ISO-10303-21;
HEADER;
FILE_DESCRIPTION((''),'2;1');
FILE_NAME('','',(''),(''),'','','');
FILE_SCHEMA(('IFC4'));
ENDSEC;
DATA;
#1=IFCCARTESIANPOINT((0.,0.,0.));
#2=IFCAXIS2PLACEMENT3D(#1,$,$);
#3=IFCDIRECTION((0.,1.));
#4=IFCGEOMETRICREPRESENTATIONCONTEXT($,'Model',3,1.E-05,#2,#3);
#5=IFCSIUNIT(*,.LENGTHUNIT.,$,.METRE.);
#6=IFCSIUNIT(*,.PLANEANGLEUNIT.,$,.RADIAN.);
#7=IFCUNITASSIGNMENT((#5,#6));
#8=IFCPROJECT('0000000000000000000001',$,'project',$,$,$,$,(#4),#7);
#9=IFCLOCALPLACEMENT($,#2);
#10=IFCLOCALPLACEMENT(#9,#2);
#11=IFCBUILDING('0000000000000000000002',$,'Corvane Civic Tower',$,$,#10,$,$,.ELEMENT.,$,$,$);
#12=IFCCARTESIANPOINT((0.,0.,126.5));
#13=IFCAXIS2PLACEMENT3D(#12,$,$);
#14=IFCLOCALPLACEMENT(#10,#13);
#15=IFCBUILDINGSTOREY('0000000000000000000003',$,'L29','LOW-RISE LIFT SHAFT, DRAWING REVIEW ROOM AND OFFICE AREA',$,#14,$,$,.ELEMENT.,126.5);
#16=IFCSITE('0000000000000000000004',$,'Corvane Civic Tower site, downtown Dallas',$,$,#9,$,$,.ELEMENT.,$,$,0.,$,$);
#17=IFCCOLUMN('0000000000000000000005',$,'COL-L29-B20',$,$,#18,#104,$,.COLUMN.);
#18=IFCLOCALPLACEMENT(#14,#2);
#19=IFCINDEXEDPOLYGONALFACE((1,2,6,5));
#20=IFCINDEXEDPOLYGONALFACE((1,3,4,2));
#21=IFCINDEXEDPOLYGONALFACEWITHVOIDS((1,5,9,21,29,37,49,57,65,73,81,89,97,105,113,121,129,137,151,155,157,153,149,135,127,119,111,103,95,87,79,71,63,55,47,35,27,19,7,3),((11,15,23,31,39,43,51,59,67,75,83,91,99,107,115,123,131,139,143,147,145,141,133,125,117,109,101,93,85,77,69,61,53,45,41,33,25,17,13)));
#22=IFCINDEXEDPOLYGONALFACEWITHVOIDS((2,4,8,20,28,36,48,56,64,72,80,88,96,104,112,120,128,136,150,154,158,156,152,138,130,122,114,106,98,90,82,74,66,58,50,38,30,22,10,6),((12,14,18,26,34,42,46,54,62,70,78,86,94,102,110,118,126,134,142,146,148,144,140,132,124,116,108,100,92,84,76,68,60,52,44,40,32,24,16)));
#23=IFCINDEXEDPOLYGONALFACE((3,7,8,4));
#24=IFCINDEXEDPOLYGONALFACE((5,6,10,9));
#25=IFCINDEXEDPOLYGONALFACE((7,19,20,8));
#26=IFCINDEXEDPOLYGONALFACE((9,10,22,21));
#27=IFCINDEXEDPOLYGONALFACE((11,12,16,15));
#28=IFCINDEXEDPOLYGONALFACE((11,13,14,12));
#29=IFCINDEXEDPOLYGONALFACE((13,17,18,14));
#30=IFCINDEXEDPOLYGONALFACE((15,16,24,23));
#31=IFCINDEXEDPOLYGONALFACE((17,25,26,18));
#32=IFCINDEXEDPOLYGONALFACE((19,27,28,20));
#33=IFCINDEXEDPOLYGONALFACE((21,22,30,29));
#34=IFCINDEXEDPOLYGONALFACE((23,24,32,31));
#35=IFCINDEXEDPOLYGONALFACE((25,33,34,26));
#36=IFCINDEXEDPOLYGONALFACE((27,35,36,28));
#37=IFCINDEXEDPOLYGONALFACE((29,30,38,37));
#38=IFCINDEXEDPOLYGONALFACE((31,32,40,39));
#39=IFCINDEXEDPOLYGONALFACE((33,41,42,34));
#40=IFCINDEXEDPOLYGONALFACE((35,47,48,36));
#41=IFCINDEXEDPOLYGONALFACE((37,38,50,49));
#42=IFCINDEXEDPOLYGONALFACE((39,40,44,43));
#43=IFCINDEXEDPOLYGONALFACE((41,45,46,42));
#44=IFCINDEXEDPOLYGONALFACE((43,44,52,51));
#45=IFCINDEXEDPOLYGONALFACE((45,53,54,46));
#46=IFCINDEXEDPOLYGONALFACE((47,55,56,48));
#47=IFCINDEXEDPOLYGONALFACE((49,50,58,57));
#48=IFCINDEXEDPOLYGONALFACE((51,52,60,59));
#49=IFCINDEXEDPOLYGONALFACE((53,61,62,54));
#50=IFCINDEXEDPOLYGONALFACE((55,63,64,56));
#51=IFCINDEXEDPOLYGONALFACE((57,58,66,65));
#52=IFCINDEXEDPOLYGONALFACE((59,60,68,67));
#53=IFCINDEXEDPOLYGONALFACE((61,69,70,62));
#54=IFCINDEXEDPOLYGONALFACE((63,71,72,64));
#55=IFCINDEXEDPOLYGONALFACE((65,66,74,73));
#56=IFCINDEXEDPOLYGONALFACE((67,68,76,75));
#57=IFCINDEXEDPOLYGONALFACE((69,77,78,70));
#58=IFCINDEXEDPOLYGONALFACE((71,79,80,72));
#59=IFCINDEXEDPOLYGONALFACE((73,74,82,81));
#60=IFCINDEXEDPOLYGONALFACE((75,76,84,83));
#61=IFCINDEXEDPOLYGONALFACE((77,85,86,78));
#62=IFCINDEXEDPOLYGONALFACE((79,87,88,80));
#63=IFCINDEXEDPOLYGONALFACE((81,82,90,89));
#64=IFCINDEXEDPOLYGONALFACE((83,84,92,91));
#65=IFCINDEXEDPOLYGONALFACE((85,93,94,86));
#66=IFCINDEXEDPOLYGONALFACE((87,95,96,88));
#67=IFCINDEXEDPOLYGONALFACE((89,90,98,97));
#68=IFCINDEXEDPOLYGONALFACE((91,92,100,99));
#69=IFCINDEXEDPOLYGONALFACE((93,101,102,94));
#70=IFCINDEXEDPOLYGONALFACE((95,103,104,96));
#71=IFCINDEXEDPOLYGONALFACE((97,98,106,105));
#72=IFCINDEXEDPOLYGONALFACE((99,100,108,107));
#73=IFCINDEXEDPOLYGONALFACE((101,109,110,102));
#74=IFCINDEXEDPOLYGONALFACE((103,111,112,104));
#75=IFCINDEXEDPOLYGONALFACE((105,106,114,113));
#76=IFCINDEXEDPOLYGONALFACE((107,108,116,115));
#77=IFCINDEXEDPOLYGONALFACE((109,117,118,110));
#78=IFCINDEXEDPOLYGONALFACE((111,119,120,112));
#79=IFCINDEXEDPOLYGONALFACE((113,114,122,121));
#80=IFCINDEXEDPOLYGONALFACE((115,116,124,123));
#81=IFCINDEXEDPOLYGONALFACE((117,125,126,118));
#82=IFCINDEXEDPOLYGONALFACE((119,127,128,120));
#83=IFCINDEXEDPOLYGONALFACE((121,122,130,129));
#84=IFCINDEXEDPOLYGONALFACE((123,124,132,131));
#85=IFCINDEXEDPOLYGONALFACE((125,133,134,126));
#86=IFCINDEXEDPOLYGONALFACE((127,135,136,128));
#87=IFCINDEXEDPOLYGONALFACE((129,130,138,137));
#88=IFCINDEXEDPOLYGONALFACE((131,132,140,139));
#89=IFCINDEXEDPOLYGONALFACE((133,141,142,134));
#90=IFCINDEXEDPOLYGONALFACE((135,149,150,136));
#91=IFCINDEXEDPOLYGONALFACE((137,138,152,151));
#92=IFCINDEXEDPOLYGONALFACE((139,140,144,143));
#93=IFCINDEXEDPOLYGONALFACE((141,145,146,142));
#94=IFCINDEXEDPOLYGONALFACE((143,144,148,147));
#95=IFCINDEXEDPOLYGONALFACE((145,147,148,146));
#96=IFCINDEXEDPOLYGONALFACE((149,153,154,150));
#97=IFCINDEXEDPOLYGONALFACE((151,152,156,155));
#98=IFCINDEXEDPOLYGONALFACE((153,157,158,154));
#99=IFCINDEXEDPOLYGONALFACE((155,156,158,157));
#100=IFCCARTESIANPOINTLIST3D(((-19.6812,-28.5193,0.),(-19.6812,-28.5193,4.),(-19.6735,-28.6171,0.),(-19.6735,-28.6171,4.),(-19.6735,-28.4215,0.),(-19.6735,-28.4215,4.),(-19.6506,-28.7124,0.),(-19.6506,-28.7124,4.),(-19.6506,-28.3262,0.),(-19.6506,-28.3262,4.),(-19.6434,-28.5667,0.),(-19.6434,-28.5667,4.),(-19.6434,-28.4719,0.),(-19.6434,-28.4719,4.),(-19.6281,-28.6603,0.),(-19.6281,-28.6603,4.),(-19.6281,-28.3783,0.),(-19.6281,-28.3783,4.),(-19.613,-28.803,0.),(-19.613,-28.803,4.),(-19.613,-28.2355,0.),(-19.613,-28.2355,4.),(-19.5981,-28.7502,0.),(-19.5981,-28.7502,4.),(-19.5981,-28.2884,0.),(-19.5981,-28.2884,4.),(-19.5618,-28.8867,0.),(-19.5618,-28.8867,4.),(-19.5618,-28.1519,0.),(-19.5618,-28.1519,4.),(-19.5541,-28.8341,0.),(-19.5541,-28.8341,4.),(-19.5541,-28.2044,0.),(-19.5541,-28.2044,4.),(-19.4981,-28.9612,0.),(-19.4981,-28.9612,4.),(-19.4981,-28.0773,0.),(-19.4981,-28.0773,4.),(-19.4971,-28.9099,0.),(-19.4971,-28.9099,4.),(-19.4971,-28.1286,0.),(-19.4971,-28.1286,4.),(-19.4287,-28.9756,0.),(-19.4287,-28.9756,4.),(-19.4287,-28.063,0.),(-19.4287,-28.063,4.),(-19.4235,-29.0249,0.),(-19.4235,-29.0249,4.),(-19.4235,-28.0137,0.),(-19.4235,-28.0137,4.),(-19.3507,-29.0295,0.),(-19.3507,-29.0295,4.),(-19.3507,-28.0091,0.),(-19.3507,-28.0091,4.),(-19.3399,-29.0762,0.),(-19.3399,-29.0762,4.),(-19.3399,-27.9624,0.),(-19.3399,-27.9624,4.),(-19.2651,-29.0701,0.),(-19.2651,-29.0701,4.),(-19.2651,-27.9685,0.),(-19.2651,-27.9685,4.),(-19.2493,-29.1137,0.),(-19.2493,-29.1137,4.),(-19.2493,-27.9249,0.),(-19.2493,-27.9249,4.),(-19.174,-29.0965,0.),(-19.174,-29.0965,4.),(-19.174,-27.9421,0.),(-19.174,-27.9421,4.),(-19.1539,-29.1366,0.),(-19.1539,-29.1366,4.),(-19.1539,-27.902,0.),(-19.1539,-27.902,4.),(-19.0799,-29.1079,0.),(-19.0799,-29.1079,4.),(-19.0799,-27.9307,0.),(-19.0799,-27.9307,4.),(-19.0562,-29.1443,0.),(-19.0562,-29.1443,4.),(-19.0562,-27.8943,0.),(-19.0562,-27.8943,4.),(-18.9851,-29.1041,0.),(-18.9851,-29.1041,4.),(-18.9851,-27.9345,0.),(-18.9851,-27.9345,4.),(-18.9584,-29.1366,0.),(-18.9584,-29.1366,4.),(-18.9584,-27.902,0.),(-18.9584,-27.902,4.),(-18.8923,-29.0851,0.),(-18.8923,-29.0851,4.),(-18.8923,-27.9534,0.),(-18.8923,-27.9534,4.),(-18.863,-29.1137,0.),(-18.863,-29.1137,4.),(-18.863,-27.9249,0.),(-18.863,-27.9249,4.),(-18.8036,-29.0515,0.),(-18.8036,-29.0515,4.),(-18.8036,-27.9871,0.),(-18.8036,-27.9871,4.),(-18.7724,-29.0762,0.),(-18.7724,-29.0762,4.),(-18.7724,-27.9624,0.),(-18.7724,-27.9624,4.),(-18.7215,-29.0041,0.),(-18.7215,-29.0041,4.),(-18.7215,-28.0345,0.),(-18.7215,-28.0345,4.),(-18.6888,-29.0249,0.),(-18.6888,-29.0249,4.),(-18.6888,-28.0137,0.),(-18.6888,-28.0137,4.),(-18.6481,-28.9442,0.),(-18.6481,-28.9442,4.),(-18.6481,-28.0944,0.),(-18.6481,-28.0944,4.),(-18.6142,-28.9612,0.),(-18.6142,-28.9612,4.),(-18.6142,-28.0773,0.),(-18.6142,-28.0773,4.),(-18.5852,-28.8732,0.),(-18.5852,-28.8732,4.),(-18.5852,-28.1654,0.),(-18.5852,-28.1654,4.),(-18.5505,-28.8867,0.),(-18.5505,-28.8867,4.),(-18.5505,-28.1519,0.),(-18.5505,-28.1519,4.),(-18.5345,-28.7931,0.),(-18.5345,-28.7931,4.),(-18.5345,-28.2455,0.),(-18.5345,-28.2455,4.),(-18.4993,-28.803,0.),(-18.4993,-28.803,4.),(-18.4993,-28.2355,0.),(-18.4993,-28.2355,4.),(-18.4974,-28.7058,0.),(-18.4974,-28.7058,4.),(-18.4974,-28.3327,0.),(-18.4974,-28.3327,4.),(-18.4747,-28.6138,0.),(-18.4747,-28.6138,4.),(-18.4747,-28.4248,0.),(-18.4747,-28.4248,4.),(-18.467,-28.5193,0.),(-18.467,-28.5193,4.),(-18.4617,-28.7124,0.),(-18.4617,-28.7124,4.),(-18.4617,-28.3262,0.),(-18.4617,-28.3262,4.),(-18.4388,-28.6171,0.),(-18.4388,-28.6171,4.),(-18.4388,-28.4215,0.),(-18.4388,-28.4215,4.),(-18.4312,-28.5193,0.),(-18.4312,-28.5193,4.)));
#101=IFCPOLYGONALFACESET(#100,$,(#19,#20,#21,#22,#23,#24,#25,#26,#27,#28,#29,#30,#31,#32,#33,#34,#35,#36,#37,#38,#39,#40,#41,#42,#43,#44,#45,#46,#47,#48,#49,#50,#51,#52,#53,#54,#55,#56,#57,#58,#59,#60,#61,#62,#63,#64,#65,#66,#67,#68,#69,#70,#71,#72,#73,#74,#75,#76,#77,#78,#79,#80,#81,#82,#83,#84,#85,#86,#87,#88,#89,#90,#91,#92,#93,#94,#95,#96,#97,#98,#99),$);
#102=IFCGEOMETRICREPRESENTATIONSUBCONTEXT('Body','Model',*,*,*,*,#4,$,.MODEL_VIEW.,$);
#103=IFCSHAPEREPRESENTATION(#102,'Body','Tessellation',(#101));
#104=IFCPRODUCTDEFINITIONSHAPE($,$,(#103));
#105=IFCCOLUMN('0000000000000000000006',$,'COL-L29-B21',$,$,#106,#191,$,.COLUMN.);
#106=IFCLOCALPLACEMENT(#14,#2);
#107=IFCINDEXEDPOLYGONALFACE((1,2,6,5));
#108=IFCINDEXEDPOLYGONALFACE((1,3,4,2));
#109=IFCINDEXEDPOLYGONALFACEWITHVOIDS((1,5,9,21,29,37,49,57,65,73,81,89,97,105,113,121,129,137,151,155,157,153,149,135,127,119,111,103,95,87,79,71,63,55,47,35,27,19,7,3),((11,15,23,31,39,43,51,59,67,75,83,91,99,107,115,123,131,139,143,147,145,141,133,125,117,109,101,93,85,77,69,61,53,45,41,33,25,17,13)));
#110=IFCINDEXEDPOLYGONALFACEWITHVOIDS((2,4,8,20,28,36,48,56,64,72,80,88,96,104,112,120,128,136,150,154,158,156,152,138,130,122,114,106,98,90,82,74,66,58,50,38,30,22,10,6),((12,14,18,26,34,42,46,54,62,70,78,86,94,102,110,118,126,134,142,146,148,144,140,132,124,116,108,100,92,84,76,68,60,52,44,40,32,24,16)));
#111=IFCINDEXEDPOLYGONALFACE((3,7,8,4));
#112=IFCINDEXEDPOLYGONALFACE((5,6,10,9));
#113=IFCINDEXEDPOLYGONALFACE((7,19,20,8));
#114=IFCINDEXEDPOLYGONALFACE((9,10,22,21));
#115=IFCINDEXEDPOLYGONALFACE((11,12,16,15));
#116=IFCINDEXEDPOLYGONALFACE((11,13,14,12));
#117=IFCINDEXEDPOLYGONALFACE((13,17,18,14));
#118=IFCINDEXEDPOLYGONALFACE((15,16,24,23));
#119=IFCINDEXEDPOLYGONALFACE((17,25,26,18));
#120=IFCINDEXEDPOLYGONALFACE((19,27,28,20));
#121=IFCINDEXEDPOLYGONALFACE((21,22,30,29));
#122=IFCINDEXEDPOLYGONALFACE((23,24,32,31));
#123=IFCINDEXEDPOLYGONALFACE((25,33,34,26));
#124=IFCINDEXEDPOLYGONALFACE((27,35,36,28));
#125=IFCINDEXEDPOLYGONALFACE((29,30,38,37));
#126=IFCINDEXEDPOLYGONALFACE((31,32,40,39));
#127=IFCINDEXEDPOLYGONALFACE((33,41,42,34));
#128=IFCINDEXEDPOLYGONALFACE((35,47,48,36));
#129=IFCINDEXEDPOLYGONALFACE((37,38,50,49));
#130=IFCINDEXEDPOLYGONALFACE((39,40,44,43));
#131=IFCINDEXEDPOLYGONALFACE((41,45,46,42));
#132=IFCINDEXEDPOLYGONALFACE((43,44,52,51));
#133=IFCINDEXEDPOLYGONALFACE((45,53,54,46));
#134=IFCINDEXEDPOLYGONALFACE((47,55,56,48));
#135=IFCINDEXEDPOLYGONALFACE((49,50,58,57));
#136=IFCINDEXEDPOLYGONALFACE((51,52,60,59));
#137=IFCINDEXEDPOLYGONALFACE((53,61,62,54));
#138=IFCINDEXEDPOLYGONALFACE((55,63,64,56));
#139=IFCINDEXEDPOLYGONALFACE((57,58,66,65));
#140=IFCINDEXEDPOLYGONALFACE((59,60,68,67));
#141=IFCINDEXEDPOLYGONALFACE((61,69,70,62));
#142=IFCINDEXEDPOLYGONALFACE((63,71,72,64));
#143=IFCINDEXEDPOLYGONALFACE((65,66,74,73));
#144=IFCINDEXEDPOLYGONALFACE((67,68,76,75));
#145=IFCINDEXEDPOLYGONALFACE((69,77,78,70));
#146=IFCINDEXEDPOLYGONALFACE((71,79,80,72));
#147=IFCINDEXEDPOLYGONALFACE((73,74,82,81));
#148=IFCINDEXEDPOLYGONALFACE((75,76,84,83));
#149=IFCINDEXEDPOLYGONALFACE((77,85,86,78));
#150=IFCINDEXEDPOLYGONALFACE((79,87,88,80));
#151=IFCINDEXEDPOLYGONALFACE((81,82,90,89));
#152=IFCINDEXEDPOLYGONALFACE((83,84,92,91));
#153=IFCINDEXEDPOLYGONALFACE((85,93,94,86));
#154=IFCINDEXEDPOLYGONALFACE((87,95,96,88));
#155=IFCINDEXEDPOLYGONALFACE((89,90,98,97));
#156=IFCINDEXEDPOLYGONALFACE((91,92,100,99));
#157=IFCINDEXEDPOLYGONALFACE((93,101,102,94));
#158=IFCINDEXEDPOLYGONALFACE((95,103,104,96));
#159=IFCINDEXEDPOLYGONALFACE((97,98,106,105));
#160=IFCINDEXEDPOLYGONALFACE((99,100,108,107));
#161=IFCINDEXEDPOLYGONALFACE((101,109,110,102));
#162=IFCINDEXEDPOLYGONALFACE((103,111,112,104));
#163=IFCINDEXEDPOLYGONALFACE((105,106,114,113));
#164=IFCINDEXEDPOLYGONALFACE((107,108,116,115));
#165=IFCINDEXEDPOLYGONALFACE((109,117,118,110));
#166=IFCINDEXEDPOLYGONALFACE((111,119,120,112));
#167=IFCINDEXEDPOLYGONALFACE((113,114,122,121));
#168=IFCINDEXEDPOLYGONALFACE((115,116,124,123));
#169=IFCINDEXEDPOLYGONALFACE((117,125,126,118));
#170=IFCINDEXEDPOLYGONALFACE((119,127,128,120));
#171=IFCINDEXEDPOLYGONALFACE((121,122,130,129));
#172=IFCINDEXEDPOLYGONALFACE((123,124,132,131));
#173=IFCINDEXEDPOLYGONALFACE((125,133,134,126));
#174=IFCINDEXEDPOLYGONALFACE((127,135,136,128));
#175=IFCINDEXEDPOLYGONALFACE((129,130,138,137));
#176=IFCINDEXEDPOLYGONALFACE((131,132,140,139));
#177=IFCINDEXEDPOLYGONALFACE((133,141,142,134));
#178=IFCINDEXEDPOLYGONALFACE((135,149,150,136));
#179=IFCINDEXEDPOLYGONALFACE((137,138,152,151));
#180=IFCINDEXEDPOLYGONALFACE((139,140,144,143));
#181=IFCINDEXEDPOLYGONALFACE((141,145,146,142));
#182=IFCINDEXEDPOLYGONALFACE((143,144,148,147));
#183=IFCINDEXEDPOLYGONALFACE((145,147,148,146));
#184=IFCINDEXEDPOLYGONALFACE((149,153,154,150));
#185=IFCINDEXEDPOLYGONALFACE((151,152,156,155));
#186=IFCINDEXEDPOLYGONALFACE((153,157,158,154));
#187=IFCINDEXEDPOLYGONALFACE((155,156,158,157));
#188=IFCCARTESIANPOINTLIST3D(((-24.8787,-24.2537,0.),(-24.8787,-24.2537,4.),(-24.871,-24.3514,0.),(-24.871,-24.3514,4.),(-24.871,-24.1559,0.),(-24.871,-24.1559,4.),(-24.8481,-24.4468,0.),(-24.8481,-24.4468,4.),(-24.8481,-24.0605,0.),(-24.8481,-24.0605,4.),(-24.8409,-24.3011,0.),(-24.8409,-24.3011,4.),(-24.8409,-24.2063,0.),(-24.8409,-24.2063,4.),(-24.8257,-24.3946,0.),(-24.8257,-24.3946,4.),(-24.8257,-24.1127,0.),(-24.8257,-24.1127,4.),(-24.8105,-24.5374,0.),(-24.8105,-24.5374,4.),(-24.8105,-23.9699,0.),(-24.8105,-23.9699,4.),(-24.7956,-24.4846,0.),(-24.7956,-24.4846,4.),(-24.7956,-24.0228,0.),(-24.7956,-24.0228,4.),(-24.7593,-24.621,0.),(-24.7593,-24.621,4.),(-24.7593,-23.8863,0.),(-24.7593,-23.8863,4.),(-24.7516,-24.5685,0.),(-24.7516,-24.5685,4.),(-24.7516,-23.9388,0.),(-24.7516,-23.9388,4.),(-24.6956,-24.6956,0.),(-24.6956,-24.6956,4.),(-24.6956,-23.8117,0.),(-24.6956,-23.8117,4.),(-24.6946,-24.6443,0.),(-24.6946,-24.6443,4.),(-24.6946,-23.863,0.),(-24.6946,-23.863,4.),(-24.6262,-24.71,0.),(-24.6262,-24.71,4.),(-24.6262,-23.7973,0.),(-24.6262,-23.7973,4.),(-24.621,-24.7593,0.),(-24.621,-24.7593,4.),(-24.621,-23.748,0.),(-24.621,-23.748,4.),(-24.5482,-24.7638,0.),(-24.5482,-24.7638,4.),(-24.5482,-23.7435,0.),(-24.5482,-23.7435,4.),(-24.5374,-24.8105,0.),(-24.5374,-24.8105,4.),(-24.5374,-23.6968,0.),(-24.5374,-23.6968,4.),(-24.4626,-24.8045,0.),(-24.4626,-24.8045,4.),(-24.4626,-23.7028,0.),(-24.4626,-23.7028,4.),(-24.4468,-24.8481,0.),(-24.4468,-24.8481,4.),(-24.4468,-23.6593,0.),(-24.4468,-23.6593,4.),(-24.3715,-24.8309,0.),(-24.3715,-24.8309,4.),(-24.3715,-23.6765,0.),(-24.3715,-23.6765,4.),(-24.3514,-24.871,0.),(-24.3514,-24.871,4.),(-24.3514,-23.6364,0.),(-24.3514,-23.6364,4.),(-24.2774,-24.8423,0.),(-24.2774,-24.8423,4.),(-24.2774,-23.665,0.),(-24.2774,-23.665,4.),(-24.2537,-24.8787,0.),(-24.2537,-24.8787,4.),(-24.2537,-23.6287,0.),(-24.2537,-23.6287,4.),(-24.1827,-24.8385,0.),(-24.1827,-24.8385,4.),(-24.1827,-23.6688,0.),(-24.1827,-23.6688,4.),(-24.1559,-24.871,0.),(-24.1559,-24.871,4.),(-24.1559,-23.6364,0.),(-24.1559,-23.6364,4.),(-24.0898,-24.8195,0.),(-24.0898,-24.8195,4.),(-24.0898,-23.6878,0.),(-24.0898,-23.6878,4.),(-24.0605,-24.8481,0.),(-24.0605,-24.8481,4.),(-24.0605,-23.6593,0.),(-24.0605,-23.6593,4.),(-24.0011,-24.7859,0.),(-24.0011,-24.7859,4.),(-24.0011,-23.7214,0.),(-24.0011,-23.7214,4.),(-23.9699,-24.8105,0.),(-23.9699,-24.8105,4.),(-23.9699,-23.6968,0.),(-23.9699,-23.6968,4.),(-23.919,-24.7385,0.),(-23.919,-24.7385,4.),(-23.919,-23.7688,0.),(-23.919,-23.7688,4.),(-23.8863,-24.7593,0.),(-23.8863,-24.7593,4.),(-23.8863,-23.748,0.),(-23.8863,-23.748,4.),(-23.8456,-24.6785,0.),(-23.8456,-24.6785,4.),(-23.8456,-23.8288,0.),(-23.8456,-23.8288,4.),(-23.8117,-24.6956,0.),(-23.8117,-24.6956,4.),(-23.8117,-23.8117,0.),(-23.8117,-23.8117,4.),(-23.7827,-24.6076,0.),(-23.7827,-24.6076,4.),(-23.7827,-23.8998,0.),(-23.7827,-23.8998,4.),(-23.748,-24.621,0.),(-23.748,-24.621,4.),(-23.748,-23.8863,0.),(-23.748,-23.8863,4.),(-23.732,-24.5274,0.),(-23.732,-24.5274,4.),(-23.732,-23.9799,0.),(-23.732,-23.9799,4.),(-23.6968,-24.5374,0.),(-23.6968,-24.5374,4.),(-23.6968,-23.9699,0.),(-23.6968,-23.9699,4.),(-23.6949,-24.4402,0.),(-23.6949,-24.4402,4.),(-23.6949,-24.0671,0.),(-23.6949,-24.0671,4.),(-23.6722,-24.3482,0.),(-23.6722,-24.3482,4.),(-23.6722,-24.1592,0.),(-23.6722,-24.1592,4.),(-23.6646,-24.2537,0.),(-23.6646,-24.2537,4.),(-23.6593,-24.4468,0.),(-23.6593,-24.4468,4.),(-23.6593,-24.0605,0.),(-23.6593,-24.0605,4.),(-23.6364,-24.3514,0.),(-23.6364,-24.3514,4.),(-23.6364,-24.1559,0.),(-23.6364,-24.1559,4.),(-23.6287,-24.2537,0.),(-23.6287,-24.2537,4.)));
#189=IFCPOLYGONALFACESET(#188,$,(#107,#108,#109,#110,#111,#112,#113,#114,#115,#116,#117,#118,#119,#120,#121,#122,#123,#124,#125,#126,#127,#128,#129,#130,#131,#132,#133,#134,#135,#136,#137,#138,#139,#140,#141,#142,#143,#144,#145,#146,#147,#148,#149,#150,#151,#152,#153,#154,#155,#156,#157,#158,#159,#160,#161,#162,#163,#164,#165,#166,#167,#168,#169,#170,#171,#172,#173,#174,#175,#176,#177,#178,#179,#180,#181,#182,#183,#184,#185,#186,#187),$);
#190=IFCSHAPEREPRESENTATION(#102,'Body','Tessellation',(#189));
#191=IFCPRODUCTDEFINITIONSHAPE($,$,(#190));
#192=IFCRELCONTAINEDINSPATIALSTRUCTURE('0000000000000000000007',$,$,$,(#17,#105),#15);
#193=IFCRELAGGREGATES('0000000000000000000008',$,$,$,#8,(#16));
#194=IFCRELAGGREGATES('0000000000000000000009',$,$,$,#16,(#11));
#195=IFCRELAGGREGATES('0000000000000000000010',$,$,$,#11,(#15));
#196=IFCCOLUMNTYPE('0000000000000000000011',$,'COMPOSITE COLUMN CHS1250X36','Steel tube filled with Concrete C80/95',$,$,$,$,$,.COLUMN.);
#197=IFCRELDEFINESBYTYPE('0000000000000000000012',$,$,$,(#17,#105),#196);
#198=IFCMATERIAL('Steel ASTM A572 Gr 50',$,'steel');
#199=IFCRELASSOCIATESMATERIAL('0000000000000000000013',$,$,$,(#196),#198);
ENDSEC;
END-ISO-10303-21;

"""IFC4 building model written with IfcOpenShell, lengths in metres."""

from ifc_helpers import new_model, si_unit, direction, frame, origin, origin_2d, place, context, subcontext, project, spatial, hollow_circle, extrude, material, material_profile, profile_set, type_object, element, save


model = new_model("IFC4")

# Units and contexts
model_context = context("Model", 3, precision=1e-05, world=origin(), true_north=direction((0.0, 1.0)))
body_context = subcontext(model_context, "Body", "Model", "MODEL_VIEW")
ifc_project = project(units=[si_unit("LENGTHUNIT", "METRE"), si_unit("PLANEANGLEUNIT", "RADIAN")], contexts=[model_context])

# Site, building, storey
site_placement = place(None, origin())
site = spatial("IfcSite", under=ifc_project, at=site_placement, Name="Corvane Civic Tower site, downtown Dallas", CompositionType="ELEMENT", RefElevation=0.0)
building_placement = place(site_placement, origin())
building = spatial("IfcBuilding", under=site, at=building_placement, Name="Corvane Civic Tower", CompositionType="ELEMENT")
storey_placement = place(building_placement, frame((0.0, 0.0, 126.5)))
storey = spatial("IfcBuildingStorey", under=building, at=storey_placement, Name="L29", Description="LOW-RISE LIFT SHAFT, DRAWING REVIEW ROOM AND OFFICE AREA", CompositionType="ELEMENT", Elevation=126.5)

# Columns
ifc_material_1 = material(Name="Steel ASTM A572 Gr 50", Category="steel")
ifc_material_profile_1 = material_profile(ifc_material_1, hollow_circle(Radius=0.625, WallThickness=0.0359, at=origin_2d()), Name="CHS1250X36")
ifc_profile_set_1 = profile_set([ifc_material_profile_1], Name="Steel ASTM A572 Gr 50")
column_type = type_object("IfcColumnType", Name="COMPOSITE COLUMN CHS1250X36", Description="Steel tube filled with Concrete C80/95", PredefinedType="COLUMN", material=ifc_profile_set_1)
for number, where, z_axis, x_axis, name in (
    (1, (-19.0562, -28.5193, 0.0), (0.0, 0.0, 1.0), (1.0, 0.0, 0.0), "COL-L29-B20"),
    (2, (-24.2537, -24.2537, 0.0), (0.0, 0.0, 1.0), (1.0, 0.0, 0.0), "COL-L29-B21"),
):
    element("IfcColumn", number, at=place(storey_placement, frame(where, z_axis=z_axis, x_axis=x_axis)), inside=storey, type_object=column_type, Name=name, PredefinedType="COLUMN", context=body_context, shape_type="SweptSolid", body=[
        extrude(hollow_circle(Radius=0.625, WallThickness=0.0359, at=origin_2d()), origin(), (0.0, 0.0, 1.0), 4.0),
    ])

save(model, "model.ifc")
